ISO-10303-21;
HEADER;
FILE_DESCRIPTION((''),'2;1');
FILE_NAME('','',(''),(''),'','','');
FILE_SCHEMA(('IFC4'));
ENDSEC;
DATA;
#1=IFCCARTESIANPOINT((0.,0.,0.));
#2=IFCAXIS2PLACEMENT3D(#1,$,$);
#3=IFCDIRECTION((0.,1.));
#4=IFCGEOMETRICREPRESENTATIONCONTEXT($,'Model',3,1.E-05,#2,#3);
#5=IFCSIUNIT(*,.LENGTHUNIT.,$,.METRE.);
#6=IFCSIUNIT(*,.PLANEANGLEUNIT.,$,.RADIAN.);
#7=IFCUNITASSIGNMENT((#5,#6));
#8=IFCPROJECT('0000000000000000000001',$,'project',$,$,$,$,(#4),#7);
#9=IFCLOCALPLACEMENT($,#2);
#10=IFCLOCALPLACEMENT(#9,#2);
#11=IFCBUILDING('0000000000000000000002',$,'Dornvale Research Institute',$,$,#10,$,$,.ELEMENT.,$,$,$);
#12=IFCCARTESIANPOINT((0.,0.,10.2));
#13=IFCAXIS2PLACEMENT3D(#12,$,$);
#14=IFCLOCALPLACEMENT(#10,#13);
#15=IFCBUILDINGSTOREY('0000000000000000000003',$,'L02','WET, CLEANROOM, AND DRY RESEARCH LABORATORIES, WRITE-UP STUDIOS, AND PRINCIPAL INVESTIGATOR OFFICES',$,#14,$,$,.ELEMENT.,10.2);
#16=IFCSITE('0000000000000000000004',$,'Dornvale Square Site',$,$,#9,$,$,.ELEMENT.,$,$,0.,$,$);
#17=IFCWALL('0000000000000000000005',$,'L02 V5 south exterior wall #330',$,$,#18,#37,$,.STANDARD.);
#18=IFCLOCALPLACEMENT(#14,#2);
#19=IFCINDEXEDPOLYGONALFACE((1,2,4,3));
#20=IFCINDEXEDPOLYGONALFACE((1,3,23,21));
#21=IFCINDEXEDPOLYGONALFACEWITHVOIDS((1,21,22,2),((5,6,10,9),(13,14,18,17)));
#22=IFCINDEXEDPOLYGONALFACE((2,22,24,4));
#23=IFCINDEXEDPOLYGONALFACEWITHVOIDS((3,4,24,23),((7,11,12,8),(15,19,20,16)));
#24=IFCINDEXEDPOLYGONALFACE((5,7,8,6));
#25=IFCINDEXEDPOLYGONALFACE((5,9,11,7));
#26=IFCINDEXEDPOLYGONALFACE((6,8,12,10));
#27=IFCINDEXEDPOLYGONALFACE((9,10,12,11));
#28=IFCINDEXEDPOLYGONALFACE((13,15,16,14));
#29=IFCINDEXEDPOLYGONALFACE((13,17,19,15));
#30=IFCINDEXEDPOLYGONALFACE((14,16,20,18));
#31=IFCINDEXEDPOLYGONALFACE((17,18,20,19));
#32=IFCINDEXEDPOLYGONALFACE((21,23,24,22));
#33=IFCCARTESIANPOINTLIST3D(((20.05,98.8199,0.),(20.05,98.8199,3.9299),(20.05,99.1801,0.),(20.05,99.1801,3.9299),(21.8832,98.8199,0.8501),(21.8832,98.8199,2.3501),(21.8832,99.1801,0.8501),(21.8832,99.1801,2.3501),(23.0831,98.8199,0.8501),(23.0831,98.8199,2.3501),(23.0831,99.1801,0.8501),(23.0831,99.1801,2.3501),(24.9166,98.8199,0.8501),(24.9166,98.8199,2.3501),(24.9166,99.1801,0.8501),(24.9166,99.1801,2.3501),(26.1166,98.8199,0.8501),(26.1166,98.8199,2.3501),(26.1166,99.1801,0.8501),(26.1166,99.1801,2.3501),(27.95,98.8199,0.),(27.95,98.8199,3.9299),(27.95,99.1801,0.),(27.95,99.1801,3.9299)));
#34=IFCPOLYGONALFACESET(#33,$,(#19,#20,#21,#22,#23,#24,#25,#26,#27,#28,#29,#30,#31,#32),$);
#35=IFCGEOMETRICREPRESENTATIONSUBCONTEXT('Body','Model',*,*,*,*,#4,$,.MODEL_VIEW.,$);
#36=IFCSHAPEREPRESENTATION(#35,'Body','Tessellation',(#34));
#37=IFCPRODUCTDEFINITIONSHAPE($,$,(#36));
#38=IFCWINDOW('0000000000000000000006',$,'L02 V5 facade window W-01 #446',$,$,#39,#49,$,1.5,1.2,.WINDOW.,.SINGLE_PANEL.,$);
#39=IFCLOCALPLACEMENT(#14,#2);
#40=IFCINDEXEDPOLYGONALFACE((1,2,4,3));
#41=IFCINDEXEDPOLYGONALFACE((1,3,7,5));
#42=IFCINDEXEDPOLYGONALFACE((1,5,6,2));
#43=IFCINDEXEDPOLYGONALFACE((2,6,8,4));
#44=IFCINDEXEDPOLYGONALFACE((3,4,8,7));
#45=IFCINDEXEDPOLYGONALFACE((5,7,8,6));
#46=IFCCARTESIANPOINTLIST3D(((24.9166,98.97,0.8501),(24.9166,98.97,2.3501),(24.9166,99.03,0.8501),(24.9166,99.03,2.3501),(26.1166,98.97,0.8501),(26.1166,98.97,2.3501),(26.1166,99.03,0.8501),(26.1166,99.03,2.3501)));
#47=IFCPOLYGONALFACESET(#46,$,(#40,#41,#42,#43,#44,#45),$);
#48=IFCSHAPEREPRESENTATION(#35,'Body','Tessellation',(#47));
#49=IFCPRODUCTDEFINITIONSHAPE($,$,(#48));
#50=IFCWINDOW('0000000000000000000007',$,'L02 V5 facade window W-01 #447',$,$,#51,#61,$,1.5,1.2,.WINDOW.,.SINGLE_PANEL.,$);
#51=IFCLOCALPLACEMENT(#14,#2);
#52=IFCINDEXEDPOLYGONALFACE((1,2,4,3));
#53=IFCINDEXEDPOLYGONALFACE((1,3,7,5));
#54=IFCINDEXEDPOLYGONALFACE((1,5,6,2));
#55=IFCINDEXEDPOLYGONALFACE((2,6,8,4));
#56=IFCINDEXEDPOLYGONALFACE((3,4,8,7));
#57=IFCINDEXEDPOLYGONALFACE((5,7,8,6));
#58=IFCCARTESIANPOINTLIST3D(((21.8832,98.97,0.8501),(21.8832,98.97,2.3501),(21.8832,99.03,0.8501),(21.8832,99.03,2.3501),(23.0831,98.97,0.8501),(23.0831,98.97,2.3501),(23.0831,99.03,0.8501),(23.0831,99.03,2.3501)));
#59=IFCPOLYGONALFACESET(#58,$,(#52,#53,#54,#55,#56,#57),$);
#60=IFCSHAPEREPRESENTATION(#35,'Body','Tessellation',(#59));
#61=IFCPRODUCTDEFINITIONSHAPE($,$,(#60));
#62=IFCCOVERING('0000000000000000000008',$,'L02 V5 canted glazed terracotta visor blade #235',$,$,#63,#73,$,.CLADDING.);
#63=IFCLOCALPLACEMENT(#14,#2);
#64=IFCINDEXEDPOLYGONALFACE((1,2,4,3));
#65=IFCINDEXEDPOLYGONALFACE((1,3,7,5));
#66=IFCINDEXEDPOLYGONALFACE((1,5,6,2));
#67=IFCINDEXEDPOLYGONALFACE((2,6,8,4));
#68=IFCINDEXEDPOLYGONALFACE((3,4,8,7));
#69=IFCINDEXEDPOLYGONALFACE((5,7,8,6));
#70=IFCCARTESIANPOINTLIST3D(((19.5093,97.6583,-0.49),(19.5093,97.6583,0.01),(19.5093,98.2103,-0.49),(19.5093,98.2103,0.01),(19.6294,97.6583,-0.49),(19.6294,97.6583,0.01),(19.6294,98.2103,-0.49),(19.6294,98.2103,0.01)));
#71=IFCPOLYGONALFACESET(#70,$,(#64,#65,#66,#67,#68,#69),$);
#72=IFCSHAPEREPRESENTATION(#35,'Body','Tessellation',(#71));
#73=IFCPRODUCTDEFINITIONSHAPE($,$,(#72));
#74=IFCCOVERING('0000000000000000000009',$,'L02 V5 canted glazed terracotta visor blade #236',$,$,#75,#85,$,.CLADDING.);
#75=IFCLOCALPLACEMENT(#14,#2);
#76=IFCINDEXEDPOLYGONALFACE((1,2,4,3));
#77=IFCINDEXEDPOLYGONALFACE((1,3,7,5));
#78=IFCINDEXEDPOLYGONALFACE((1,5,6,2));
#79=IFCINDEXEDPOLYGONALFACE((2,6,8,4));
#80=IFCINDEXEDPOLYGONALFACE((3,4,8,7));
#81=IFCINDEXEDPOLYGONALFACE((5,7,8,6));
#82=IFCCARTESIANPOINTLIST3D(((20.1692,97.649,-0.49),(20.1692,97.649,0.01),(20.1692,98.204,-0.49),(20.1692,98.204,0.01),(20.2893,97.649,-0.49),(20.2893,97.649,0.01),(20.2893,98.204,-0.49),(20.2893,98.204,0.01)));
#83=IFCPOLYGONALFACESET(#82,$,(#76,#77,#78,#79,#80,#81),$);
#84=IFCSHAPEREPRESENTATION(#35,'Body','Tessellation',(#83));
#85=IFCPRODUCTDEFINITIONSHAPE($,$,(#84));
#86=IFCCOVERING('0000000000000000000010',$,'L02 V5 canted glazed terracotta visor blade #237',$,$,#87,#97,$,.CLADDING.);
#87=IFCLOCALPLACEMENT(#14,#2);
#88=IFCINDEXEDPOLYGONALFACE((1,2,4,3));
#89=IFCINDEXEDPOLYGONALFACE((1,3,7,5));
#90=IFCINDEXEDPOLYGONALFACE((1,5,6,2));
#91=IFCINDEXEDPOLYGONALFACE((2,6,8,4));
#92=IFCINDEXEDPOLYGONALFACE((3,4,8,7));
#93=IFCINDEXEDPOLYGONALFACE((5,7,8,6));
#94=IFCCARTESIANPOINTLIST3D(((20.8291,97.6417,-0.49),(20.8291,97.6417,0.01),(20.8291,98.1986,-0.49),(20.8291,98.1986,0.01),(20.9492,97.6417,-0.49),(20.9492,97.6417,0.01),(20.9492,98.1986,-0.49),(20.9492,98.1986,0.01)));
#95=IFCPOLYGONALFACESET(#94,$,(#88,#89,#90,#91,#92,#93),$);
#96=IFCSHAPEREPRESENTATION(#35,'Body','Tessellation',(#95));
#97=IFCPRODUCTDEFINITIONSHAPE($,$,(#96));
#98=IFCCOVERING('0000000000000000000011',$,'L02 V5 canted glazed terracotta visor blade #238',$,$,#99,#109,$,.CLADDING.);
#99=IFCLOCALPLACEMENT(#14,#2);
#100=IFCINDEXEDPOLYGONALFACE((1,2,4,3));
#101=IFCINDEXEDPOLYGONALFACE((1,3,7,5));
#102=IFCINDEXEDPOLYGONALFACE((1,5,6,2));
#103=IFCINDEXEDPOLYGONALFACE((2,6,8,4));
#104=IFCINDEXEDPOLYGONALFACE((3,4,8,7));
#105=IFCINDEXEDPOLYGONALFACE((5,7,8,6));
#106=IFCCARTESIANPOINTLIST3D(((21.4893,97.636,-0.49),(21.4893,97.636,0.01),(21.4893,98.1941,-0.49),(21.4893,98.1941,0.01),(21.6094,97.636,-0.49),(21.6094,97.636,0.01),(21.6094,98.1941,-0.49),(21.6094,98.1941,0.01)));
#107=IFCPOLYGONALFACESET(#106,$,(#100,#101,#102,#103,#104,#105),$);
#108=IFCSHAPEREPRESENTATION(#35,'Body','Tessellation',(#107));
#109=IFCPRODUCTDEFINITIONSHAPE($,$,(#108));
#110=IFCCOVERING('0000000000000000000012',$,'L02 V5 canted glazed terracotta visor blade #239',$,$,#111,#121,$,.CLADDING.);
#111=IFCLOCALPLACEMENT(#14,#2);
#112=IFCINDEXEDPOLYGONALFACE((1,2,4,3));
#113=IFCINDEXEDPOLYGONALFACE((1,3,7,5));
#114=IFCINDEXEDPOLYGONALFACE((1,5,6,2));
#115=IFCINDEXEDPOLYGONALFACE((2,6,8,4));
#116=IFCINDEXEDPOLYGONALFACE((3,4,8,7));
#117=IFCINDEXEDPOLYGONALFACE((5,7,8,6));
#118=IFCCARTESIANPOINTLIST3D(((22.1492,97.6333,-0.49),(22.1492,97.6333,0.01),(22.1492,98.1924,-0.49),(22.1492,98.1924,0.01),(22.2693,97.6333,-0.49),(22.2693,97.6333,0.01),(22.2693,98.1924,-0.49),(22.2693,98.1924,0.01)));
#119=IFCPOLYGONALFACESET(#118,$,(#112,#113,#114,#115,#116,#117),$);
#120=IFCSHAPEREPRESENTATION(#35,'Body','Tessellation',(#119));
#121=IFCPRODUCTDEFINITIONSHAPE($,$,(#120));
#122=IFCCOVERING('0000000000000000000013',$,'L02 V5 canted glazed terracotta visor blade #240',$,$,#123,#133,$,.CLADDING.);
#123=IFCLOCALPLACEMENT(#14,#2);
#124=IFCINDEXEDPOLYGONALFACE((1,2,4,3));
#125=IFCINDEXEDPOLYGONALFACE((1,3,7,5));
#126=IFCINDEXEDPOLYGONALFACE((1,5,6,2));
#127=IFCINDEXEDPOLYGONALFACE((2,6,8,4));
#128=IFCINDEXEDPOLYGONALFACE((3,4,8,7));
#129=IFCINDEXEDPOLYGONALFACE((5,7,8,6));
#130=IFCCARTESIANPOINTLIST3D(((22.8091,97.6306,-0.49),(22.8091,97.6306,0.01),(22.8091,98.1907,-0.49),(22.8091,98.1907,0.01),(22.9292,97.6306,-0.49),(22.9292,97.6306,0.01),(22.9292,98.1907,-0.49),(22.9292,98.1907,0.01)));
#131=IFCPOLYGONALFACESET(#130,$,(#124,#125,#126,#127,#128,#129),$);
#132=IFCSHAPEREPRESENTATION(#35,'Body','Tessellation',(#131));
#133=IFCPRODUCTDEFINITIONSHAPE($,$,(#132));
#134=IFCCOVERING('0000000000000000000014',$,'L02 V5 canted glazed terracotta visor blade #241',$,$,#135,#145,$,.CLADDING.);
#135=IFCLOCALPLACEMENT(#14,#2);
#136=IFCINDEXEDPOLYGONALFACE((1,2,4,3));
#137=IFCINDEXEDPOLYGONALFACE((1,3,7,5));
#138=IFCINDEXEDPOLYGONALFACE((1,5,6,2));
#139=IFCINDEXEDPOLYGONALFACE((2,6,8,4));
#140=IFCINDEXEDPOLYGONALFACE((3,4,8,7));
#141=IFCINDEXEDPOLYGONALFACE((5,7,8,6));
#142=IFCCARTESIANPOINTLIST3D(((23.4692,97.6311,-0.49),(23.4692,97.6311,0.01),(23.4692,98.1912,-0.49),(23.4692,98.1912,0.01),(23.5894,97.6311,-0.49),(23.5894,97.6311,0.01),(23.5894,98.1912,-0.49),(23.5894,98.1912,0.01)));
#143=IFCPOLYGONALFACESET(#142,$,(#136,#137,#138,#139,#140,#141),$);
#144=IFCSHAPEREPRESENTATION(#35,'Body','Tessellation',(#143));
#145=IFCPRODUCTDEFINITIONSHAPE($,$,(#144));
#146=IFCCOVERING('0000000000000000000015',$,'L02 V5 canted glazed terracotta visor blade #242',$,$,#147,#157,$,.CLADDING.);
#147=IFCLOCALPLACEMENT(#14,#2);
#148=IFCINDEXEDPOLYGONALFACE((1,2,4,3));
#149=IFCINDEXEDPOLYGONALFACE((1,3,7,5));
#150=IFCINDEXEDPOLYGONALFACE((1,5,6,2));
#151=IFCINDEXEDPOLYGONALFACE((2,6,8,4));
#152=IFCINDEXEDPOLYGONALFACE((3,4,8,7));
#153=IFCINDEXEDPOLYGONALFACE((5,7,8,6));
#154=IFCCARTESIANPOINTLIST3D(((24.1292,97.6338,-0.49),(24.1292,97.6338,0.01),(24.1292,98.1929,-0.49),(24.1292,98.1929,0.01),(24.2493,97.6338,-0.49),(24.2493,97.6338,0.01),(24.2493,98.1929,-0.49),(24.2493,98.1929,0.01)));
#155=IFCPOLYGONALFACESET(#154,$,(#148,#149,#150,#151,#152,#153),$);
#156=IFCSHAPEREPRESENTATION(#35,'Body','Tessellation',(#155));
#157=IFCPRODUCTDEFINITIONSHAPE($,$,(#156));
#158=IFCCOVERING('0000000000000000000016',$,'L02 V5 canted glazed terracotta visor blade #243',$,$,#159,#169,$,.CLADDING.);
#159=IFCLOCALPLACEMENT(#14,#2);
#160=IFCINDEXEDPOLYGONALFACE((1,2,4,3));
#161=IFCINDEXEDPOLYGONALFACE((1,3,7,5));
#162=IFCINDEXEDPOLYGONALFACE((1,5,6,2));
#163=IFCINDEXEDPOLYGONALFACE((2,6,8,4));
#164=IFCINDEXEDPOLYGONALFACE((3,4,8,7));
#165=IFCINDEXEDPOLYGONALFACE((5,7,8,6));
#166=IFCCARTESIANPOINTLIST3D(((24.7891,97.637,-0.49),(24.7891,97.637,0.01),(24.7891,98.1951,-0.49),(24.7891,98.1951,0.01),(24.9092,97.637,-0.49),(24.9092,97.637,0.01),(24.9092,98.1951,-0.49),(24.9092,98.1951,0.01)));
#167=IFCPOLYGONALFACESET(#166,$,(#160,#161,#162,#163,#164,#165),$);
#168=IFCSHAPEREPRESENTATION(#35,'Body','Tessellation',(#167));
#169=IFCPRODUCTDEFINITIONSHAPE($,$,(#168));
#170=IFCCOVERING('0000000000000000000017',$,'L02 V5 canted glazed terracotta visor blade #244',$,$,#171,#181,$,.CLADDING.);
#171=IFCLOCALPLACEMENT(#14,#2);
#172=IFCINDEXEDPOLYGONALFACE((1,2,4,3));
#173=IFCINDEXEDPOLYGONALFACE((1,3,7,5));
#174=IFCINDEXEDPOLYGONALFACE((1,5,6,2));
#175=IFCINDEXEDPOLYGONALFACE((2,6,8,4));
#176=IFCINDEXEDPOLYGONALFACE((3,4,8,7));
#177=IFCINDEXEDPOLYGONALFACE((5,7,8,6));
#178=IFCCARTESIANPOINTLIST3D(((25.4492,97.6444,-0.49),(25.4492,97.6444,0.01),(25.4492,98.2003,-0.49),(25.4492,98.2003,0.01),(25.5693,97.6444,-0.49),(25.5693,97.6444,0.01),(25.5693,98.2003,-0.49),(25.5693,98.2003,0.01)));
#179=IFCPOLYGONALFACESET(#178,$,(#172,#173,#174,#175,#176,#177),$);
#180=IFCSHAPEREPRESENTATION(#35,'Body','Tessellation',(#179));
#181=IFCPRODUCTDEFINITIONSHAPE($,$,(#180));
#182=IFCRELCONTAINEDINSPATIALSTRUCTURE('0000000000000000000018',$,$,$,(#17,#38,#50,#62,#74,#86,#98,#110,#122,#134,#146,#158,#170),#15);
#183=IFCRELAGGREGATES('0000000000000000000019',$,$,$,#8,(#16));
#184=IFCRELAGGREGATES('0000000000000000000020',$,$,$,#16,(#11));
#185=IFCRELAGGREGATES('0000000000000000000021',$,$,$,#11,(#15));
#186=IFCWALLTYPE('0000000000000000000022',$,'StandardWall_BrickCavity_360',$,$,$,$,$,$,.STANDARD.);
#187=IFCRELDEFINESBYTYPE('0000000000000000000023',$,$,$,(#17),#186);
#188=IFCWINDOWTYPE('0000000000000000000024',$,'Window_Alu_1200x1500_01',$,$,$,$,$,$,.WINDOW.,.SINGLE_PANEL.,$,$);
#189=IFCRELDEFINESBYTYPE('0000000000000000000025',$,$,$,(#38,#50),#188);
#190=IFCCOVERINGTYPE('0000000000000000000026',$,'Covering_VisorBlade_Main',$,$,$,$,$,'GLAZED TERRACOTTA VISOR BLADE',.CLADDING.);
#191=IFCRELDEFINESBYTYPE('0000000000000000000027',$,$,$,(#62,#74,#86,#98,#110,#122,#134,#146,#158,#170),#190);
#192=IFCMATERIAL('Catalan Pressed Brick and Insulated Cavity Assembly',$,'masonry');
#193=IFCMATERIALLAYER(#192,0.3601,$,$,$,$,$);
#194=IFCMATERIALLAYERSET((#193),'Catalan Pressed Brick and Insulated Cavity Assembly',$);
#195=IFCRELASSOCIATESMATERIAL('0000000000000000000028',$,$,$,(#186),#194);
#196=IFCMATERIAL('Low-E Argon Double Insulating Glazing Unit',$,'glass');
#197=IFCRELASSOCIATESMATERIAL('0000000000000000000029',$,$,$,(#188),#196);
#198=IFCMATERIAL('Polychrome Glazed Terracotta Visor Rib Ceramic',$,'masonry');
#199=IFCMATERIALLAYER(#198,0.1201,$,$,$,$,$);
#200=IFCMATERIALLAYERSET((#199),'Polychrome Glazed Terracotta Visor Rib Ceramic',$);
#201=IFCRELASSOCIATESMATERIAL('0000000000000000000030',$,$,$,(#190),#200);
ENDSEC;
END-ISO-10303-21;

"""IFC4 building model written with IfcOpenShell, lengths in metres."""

from ifc_helpers import new_model, si_unit, direction, frame, frame_2d, origin, origin_2d, place, context, subcontext, project, spatial, rectangle, extrude, material, layer, layer_set, type_object, element, fill, save


model = new_model("IFC4")

# Units and contexts
model_context = context("Model", 3, precision=1e-05, world=origin(), true_north=direction((0.0, 1.0)))
body_context = subcontext(model_context, "Body", "Model", "MODEL_VIEW")
ifc_project = project(units=[si_unit("LENGTHUNIT", "METRE"), si_unit("PLANEANGLEUNIT", "RADIAN")], contexts=[model_context])

# Site, building, storey
site_placement = place(None, origin())
site = spatial("IfcSite", under=ifc_project, at=site_placement, Name="Dornvale Square Site", CompositionType="ELEMENT", RefElevation=0.0)
building_placement = place(site_placement, origin())
building = spatial("IfcBuilding", under=site, at=building_placement, Name="Dornvale Research Institute", CompositionType="ELEMENT")
storey_placement = place(building_placement, frame((0.0, 0.0, 10.2)))
storey = spatial("IfcBuildingStorey", under=building, at=storey_placement, Name="L02", Description="WET, CLEANROOM, AND DRY RESEARCH LABORATORIES, WRITE-UP STUDIOS, AND PRINCIPAL INVESTIGATOR OFFICES", CompositionType="ELEMENT", Elevation=10.2)

# Wall, openings, windows
ifc_material_1 = material(Name="Catalan Pressed Brick and Insulated Cavity Assembly", Category="masonry")
ifc_layer_1 = layer(ifc_material_1, 0.3601)
ifc_layer_set_1 = layer_set([ifc_layer_1], Name="Catalan Pressed Brick and Insulated Cavity Assembly")
wall_type_1 = type_object("IfcWallType", Name="StandardWall_BrickCavity_360", PredefinedType="STANDARD", material=ifc_layer_set_1)
wall_1_placement = place(storey_placement, frame((27.95, 99.0, 0.0), z_axis=(0.0, 0.0, 1.0), x_axis=(-1.0, 0.0, 0.0)))
wall_1 = element("IfcWall", 1, at=wall_1_placement, inside=storey, type_object=wall_type_1, Name="L02 V5 south exterior wall #330", PredefinedType="STANDARD", context=body_context, shape_type="SweptSolid", body=[
    extrude(rectangle(XDim=7.8999, YDim=0.3601, at=frame_2d((3.95, 0.0))), origin(), (0.0, 0.0, 1.0), 3.9299),
])
opening_1_placement = place(wall_1_placement, frame((1.8333, 0.0, 0.8501)))
opening_1 = element("IfcOpeningElement", 2, at=opening_1_placement, cuts=wall_1, PredefinedType="OPENING", context=body_context, shape_type="SweptSolid", body=[
    extrude(rectangle(XDim=1.2, YDim=1.5, at=frame_2d((0.6001, 0.75))), frame((0.0, 0.1951, 0.0), z_axis=(0.0, -1.0, 0.0), x_axis=(1.0, 0.0, 0.0)), (0.0, 0.0, 1.0), 0.3901),
])
opening_2_placement = place(wall_1_placement, frame((4.8667, 0.0, 0.8501)))
opening_2 = element("IfcOpeningElement", 3, at=opening_2_placement, cuts=wall_1, PredefinedType="OPENING", context=body_context, shape_type="SweptSolid", body=[
    extrude(rectangle(XDim=1.2, YDim=1.5, at=frame_2d((0.6001, 0.75))), frame((0.0, 0.1951, 0.0), z_axis=(0.0, -1.0, 0.0), x_axis=(1.0, 0.0, 0.0)), (0.0, 0.0, 1.0), 0.3901),
])
ifc_material_2 = material(Name="Low-E Argon Double Insulating Glazing Unit", Category="glass")
window_type = type_object("IfcWindowType", Name="Window_Alu_1200x1500_01", PartitioningType="SINGLE_PANEL", PredefinedType="WINDOW", material=ifc_material_2)
window_1_placement = place(opening_1_placement, origin())
window_1 = element("IfcWindow", 4, at=window_1_placement, inside=storey, type_object=window_type, Name="L02 V5 facade window W-01 #446", OverallHeight=1.5, OverallWidth=1.2, PartitioningType="SINGLE_PANEL", PredefinedType="WINDOW", context=body_context, shape_type="SweptSolid", body=[
    extrude(rectangle(XDim=1.2, YDim=1.5, at=frame_2d((0.6001, 0.75))), frame((0.0, 0.03, 0.0), z_axis=(0.0, -1.0, 0.0), x_axis=(1.0, 0.0, 0.0)), (0.0, 0.0, 1.0), 0.0601),
])
fill(opening_1, window_1)
window_2_placement = place(opening_2_placement, origin())
window_2 = element("IfcWindow", 5, at=window_2_placement, inside=storey, type_object=window_type, Name="L02 V5 facade window W-01 #447", OverallHeight=1.5, OverallWidth=1.2, PartitioningType="SINGLE_PANEL", PredefinedType="WINDOW", context=body_context, shape_type="SweptSolid", body=[
    extrude(rectangle(XDim=1.2, YDim=1.5, at=frame_2d((0.6001, 0.75))), frame((0.0, 0.03, 0.0), z_axis=(0.0, -1.0, 0.0), x_axis=(1.0, 0.0, 0.0)), (0.0, 0.0, 1.0), 0.0601),
])
fill(opening_2, window_2)

# Coverings
ifc_material_3 = material(Name="Polychrome Glazed Terracotta Visor Rib Ceramic", Category="masonry")
ifc_layer_2 = layer(ifc_material_3, 0.1201)
ifc_layer_set_2 = layer_set([ifc_layer_2], Name="Polychrome Glazed Terracotta Visor Rib Ceramic")
covering_type = type_object("IfcCoveringType", Name="Covering_VisorBlade_Main", ElementType="GLAZED TERRACOTTA VISOR BLADE", PredefinedType="CLADDING", material=ifc_layer_set_2)
covering_1_placement = place(storey_placement, frame((19.5693, 97.9343, -0.49), z_axis=(0.0, 0.0, 1.0), x_axis=(0.0, 1.0, 0.0)))
element("IfcCovering", 6, at=covering_1_placement, inside=storey, type_object=covering_type, Name="L02 V5 canted glazed terracotta visor blade #235", PredefinedType="CLADDING", context=body_context, shape_type="SweptSolid", body=[
    extrude(rectangle(XDim=0.552, YDim=0.1201, at=origin_2d()), origin(), (0.0, 0.0, 1.0), 0.5),
])
covering_2_placement = place(storey_placement, frame((20.2292, 97.9265, -0.49), z_axis=(0.0, 0.0, 1.0), x_axis=(0.0, 1.0, 0.0)))
element("IfcCovering", 7, at=covering_2_placement, inside=storey, type_object=covering_type, Name="L02 V5 canted glazed terracotta visor blade #236", PredefinedType="CLADDING", context=body_context, shape_type="SweptSolid", body=[
    extrude(rectangle(XDim=0.5549, YDim=0.1201, at=origin_2d()), origin(), (0.0, 0.0, 1.0), 0.5),
])
covering_3_placement = place(storey_placement, frame((20.8892, 97.9202, -0.49), z_axis=(0.0, 0.0, 1.0), x_axis=(0.0, 1.0, 0.0)))
element("IfcCovering", 8, at=covering_3_placement, inside=storey, type_object=covering_type, Name="L02 V5 canted glazed terracotta visor blade #237", PredefinedType="CLADDING", context=body_context, shape_type="SweptSolid", body=[
    extrude(rectangle(XDim=0.5569, YDim=0.1201, at=origin_2d()), origin(), (0.0, 0.0, 1.0), 0.5),
])
covering_4_placement = place(storey_placement, frame((21.5493, 97.915, -0.49), z_axis=(0.0, 0.0, 1.0), x_axis=(0.0, 1.0, 0.0)))
element("IfcCovering", 9, at=covering_4_placement, inside=storey, type_object=covering_type, Name="L02 V5 canted glazed terracotta visor blade #238", PredefinedType="CLADDING", context=body_context, shape_type="SweptSolid", body=[
    extrude(rectangle(XDim=0.5581, YDim=0.1201, at=origin_2d()), origin(), (0.0, 0.0, 1.0), 0.5),
])
covering_5_placement = place(storey_placement, frame((22.2092, 97.9128, -0.49), z_axis=(0.0, 0.0, 1.0), x_axis=(0.0, 1.0, 0.0)))
element("IfcCovering", 10, at=covering_5_placement, inside=storey, type_object=covering_type, Name="L02 V5 canted glazed terracotta visor blade #239", PredefinedType="CLADDING", context=body_context, shape_type="SweptSolid", body=[
    extrude(rectangle(XDim=0.5591, YDim=0.1201, at=origin_2d()), origin(), (0.0, 0.0, 1.0), 0.5),
])
for number, where, z_axis, x_axis, name in (
    (11, (22.8691, 97.9106, -0.49), (0.0, 0.0, 1.0), (0.0, 1.0, 0.0), "L02 V5 canted glazed terracotta visor blade #240"),
    (12, (23.5293, 97.9111, -0.49), (0.0, 0.0, 1.0), (0.0, 1.0, 0.0), "L02 V5 canted glazed terracotta visor blade #241"),
):
    element("IfcCovering", number, at=place(storey_placement, frame(where, z_axis=z_axis, x_axis=x_axis)), inside=storey, type_object=covering_type, Name=name, PredefinedType="CLADDING", context=body_context, shape_type="SweptSolid", body=[
        extrude(rectangle(XDim=0.5601, YDim=0.1201, at=origin_2d()), origin(), (0.0, 0.0, 1.0), 0.5),
    ])
covering_6_placement = place(storey_placement, frame((24.1892, 97.9133, -0.49), z_axis=(0.0, 0.0, 1.0), x_axis=(0.0, 1.0, 0.0)))
element("IfcCovering", 13, at=covering_6_placement, inside=storey, type_object=covering_type, Name="L02 V5 canted glazed terracotta visor blade #242", PredefinedType="CLADDING", context=body_context, shape_type="SweptSolid", body=[
    extrude(rectangle(XDim=0.5591, YDim=0.1201, at=origin_2d()), origin(), (0.0, 0.0, 1.0), 0.5),
])
covering_7_placement = place(storey_placement, frame((24.8491, 97.916, -0.49), z_axis=(0.0, 0.0, 1.0), x_axis=(0.0, 1.0, 0.0)))
element("IfcCovering", 14, at=covering_7_placement, inside=storey, type_object=covering_type, Name="L02 V5 canted glazed terracotta visor blade #243", PredefinedType="CLADDING", context=body_context, shape_type="SweptSolid", body=[
    extrude(rectangle(XDim=0.5581, YDim=0.1201, at=origin_2d()), origin(), (0.0, 0.0, 1.0), 0.5),
])
covering_8_placement = place(storey_placement, frame((25.5093, 97.9224, -0.49), z_axis=(0.0, 0.0, 1.0), x_axis=(0.0, 1.0, 0.0)))
element("IfcCovering", 15, at=covering_8_placement, inside=storey, type_object=covering_type, Name="L02 V5 canted glazed terracotta visor blade #244", PredefinedType="CLADDING", context=body_context, shape_type="SweptSolid", body=[
    extrude(rectangle(XDim=0.5559, YDim=0.1201, at=origin_2d()), origin(), (0.0, 0.0, 1.0), 0.5),
])

save(model, "model.ifc")
